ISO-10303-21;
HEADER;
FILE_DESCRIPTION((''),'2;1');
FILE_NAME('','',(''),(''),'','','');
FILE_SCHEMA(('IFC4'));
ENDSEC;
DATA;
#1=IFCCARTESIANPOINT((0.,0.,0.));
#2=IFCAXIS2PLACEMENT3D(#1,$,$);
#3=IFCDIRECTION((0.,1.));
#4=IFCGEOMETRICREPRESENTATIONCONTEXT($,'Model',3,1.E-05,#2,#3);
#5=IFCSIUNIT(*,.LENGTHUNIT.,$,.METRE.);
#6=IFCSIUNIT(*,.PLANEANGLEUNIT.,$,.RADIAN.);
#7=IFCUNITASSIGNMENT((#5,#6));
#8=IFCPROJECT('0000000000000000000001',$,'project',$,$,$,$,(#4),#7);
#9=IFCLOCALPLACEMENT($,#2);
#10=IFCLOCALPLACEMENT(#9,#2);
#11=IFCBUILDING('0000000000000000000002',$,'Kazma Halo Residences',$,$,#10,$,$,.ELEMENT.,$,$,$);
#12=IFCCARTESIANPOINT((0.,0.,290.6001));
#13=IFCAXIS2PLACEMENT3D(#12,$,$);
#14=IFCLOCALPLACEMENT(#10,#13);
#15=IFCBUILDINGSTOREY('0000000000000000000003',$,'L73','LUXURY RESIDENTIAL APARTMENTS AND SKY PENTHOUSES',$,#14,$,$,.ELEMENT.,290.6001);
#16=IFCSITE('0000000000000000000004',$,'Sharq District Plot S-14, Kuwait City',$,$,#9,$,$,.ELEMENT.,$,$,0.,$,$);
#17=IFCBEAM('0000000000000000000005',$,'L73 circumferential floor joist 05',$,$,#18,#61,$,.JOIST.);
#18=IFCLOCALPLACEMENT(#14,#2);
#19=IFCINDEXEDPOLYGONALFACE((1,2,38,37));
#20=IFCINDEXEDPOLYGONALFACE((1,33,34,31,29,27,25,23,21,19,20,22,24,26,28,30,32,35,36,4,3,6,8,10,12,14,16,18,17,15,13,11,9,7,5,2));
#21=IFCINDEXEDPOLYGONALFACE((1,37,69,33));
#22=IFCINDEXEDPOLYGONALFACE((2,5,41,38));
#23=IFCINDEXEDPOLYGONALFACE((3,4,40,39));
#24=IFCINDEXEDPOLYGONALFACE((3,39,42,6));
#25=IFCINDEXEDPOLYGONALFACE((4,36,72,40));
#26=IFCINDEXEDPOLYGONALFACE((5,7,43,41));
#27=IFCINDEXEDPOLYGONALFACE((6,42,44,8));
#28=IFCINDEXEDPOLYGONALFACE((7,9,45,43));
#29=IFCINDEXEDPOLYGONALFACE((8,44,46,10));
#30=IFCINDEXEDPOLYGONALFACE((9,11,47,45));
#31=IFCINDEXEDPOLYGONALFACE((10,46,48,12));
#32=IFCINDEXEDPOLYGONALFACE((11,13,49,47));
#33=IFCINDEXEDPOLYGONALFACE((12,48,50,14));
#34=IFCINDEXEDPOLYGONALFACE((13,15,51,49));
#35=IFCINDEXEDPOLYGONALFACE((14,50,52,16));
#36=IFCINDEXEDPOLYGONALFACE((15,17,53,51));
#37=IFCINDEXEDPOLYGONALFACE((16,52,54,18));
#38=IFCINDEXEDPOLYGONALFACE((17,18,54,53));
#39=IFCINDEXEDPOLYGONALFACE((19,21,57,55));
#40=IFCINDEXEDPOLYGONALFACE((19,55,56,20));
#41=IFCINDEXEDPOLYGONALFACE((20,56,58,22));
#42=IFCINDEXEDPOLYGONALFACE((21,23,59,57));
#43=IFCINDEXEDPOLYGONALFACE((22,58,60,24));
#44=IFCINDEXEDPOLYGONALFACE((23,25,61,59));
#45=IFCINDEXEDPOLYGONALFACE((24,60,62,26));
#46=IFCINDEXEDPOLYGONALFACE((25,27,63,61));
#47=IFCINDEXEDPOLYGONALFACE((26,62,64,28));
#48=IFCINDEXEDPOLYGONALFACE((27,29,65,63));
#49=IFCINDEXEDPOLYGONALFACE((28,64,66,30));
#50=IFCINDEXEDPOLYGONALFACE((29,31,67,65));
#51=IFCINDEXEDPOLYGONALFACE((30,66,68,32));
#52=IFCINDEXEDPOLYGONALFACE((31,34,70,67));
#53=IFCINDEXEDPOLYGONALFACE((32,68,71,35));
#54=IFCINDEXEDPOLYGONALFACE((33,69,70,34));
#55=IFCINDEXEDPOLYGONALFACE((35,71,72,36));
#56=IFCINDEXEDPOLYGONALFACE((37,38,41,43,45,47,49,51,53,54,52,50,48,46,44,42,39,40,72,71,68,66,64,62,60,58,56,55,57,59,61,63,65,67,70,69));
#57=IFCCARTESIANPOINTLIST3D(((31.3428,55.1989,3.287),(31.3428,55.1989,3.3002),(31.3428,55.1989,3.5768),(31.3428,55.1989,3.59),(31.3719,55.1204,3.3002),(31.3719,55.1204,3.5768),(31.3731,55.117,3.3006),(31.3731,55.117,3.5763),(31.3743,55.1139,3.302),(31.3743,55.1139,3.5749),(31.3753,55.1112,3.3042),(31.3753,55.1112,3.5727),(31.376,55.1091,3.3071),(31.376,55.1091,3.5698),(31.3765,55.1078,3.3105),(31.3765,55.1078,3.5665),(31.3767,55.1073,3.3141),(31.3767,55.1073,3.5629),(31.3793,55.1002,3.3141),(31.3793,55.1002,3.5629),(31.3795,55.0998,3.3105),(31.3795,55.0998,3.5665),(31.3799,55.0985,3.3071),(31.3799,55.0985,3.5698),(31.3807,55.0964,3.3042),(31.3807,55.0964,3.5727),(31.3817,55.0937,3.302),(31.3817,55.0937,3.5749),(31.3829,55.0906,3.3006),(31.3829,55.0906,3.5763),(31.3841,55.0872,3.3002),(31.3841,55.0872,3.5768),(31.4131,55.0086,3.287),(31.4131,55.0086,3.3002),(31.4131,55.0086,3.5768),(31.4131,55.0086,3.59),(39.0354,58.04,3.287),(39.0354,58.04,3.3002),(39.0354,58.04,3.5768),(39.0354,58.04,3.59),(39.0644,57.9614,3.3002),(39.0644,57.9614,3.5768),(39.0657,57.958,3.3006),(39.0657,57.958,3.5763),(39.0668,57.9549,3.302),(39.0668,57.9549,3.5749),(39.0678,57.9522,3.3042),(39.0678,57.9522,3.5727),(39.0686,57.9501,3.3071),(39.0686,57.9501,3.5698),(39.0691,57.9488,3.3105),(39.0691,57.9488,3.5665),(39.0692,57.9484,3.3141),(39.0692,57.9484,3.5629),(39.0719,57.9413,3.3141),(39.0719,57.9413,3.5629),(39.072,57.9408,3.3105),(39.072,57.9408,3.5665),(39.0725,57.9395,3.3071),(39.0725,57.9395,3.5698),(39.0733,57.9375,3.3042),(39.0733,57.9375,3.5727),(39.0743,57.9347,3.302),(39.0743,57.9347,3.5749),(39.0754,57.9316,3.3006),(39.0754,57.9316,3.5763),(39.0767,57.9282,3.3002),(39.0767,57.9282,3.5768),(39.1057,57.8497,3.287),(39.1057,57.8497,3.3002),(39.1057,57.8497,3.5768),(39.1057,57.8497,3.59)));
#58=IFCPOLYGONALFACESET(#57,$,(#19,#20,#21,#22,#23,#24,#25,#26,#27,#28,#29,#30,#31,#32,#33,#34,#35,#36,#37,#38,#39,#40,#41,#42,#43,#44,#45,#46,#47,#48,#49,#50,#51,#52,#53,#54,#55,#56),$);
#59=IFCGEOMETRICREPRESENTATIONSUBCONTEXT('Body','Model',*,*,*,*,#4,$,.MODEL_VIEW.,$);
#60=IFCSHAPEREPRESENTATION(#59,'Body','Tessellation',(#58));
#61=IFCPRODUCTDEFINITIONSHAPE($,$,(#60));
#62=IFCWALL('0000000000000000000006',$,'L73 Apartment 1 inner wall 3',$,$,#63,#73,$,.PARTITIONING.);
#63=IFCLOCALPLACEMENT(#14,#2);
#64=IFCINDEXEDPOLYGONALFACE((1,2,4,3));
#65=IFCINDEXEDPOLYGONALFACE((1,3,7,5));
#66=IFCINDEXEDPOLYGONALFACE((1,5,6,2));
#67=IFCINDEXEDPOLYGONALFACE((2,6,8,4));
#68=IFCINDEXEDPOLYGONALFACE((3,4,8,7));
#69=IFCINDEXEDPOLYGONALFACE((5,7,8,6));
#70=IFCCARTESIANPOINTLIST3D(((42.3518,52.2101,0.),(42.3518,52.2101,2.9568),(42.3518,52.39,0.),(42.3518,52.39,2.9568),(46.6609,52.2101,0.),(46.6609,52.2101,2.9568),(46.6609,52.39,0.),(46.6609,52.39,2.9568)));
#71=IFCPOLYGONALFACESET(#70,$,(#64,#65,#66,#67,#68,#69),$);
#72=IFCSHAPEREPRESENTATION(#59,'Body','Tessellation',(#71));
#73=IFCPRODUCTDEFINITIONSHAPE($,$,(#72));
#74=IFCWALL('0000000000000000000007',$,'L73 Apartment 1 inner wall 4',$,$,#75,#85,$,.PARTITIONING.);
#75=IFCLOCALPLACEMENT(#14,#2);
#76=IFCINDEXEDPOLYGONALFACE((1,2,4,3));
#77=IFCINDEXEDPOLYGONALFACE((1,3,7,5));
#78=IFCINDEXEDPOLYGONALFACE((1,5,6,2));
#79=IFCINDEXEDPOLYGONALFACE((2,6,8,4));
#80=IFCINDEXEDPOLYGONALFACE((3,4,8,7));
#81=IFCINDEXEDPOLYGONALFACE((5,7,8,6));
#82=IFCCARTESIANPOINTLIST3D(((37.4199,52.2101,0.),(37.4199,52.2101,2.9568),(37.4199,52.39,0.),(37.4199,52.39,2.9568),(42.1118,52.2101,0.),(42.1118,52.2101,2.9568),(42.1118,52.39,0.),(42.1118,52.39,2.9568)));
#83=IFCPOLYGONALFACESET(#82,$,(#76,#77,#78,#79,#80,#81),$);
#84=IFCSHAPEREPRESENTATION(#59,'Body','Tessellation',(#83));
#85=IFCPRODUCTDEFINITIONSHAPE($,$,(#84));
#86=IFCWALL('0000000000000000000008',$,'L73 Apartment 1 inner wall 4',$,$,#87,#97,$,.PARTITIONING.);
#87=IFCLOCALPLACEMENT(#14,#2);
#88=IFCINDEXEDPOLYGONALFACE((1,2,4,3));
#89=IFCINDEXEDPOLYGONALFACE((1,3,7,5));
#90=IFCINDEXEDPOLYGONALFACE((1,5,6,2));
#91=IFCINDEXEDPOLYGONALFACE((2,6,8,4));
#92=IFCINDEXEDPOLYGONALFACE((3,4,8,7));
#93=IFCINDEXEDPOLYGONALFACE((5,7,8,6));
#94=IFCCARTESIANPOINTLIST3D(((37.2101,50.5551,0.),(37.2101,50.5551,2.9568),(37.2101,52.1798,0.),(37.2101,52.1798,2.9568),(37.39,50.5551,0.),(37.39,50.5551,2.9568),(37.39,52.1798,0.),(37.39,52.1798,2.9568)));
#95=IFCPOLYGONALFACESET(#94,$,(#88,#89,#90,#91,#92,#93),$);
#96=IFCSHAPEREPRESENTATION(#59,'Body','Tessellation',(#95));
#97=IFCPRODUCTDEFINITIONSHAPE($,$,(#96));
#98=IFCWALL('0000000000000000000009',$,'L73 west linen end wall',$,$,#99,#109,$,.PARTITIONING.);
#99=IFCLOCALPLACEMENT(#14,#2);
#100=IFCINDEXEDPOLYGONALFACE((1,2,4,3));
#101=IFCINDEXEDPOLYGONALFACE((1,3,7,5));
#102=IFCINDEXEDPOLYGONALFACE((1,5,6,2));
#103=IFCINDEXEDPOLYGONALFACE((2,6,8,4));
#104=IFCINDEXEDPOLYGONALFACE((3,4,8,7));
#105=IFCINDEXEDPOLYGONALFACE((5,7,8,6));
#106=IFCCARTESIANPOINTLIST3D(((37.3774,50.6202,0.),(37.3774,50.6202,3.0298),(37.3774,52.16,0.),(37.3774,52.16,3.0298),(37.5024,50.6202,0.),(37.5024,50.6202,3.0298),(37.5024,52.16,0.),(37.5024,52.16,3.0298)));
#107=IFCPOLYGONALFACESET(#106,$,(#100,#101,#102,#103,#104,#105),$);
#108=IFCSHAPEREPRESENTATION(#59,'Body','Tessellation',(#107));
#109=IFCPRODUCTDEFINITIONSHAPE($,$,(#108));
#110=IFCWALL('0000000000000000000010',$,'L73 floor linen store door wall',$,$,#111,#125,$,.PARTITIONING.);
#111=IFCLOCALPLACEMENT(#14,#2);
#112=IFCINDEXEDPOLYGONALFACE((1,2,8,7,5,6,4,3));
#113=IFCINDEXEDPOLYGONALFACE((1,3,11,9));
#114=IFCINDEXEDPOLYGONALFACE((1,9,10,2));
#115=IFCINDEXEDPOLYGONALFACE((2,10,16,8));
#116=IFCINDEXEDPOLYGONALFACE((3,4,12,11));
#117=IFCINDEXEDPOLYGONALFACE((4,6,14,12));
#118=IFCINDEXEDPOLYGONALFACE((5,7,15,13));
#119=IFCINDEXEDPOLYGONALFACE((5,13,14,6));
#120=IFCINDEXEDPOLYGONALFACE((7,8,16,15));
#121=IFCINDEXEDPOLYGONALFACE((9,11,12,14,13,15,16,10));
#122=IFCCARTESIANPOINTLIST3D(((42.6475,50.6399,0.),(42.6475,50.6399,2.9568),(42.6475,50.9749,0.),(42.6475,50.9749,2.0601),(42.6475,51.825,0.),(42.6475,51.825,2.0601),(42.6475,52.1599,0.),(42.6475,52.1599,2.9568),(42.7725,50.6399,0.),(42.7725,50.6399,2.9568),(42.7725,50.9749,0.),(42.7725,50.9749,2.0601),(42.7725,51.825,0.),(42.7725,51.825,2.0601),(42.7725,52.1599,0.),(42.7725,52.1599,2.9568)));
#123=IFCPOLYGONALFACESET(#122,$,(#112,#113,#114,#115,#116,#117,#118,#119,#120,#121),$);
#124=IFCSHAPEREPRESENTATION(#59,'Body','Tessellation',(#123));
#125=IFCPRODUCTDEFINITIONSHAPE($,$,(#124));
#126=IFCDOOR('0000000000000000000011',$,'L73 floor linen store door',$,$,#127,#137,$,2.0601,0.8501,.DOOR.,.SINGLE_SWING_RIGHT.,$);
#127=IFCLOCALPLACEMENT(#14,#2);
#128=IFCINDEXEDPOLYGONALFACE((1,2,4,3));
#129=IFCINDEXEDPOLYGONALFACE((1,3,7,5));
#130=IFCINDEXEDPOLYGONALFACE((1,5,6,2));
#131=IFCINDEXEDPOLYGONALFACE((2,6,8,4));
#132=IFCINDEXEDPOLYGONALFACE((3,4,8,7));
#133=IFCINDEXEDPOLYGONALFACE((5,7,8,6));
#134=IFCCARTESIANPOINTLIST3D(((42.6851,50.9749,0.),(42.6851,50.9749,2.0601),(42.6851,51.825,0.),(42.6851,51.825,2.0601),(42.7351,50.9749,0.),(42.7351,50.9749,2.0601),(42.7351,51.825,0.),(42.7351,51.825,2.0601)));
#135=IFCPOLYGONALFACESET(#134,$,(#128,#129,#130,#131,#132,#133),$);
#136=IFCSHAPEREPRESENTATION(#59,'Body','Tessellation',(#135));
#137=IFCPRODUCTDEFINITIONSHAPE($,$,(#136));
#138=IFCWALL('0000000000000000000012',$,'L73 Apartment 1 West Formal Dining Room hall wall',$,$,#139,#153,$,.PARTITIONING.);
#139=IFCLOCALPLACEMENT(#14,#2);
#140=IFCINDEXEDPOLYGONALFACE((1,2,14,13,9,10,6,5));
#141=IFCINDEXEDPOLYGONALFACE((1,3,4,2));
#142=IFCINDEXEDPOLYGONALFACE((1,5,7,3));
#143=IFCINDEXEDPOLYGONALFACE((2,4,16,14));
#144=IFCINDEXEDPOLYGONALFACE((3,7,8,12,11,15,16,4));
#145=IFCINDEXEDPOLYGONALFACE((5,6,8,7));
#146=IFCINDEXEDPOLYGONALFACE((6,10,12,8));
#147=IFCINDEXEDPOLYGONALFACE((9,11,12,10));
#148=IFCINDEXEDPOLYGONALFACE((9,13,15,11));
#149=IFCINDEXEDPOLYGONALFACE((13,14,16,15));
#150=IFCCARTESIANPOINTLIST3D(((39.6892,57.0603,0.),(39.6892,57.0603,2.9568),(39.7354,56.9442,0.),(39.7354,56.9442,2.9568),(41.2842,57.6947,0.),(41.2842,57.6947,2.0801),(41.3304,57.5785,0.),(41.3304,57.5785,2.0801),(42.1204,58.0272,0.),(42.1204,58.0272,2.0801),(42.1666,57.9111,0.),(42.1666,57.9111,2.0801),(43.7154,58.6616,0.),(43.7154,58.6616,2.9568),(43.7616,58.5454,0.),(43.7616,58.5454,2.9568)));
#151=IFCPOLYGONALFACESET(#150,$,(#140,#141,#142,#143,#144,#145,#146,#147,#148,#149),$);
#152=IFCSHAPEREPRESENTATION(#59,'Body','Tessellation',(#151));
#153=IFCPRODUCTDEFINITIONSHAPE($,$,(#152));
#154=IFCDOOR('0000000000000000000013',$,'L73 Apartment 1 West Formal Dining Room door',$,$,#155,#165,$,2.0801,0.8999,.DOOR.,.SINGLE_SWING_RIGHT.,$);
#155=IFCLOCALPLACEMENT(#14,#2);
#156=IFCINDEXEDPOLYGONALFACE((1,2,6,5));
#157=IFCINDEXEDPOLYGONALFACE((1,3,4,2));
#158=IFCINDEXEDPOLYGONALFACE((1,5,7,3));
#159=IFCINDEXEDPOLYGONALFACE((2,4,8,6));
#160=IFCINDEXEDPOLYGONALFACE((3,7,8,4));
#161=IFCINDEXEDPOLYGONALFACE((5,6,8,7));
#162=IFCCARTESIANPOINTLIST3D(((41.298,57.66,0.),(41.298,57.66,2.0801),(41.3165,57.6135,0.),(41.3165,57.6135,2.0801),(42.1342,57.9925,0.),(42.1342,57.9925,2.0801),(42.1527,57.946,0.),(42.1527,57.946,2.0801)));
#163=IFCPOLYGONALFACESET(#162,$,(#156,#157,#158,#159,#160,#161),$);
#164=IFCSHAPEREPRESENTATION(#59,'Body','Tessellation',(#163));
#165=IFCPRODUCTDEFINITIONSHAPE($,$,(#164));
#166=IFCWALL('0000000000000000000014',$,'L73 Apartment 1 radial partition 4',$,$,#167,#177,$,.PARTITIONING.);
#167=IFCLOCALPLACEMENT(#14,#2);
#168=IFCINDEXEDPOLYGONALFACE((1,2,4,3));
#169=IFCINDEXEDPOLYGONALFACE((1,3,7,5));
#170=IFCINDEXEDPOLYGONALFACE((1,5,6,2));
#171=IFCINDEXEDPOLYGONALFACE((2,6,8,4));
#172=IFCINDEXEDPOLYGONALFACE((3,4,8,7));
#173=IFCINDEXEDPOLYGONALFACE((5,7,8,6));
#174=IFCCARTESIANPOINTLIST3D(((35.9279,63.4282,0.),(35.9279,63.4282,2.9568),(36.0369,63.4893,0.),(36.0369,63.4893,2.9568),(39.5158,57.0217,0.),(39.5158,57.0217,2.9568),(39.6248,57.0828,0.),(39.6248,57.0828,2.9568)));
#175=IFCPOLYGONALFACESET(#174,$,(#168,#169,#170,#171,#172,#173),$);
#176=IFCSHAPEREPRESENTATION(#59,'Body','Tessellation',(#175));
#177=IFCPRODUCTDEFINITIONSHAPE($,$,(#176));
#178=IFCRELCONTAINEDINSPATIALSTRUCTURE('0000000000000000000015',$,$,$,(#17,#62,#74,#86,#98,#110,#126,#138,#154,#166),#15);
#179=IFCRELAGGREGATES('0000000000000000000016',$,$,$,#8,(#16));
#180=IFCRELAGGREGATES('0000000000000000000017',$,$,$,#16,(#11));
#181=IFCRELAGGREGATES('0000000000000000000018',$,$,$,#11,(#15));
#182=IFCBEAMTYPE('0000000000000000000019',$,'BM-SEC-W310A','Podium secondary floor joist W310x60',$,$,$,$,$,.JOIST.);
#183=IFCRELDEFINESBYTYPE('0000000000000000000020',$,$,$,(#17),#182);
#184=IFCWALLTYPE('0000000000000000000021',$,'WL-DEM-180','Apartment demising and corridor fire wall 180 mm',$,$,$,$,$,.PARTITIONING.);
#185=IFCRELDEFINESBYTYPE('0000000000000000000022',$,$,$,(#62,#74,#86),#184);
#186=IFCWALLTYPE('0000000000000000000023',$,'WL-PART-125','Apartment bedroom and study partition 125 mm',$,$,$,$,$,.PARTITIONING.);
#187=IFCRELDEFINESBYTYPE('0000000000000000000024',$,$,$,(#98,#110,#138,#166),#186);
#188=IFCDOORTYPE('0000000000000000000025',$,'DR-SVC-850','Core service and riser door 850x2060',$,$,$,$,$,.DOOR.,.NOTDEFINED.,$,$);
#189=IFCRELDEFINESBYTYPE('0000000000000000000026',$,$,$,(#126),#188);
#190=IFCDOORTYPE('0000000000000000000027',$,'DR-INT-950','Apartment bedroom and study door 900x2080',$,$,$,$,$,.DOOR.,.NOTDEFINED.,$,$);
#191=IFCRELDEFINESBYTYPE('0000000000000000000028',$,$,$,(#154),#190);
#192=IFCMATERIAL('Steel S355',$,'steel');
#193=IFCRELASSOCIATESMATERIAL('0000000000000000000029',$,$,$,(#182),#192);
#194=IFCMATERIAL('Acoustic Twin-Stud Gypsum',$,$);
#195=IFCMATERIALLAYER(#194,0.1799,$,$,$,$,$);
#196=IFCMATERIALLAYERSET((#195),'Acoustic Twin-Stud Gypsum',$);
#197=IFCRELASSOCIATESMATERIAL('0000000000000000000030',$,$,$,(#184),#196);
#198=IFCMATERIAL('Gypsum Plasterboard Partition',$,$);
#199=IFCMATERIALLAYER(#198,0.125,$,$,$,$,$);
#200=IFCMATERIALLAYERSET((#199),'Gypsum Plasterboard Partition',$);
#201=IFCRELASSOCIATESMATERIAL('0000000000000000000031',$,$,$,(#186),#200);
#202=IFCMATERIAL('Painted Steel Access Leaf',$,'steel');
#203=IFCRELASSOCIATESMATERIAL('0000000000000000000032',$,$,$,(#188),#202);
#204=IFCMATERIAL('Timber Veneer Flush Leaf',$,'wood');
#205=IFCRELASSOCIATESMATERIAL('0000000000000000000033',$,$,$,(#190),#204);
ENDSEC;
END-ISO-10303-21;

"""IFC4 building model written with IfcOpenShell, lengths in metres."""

from ifc_helpers import new_model, si_unit, direction, frame, frame_2d, origin, origin_2d, place, context, subcontext, project, spatial, rectangle, i_section, extrude, material, layer, layer_set, material_profile, profile_set, type_object, element, fill, save


model = new_model("IFC4")

# Units and contexts
model_context = context("Model", 3, precision=1e-05, world=origin(), true_north=direction((0.0, 1.0)))
body_context = subcontext(model_context, "Body", "Model", "MODEL_VIEW")
ifc_project = project(units=[si_unit("LENGTHUNIT", "METRE"), si_unit("PLANEANGLEUNIT", "RADIAN")], contexts=[model_context])

# Site, building, storey
site_placement = place(None, origin())
site = spatial("IfcSite", under=ifc_project, at=site_placement, Name="Sharq District Plot S-14, Kuwait City", CompositionType="ELEMENT", RefElevation=0.0)
building_placement = place(site_placement, origin())
building = spatial("IfcBuilding", under=site, at=building_placement, Name="Kazma Halo Residences", CompositionType="ELEMENT")
storey_placement = place(building_placement, frame((0.0, 0.0, 290.6001)))
storey = spatial("IfcBuildingStorey", under=building, at=storey_placement, Name="L73", Description="LUXURY RESIDENTIAL APARTMENTS AND SKY PENTHOUSES", CompositionType="ELEMENT", Elevation=290.6001)

# Beam
ifc_material_1 = material(Name="Steel S355", Category="steel")
ifc_material_profile_1 = material_profile(ifc_material_1, i_section(OverallWidth=0.2029, OverallDepth=0.303, WebThickness=0.0076, FlangeThickness=0.0132, FilletRadius=0.0139, at=origin_2d()), Name="W310x60")
ifc_profile_set_1 = profile_set([ifc_material_profile_1], Name="Steel S355")
beam_type_1 = type_object("IfcBeamType", Name="BM-SEC-W310A", Description="Podium secondary floor joist W310x60", PredefinedType="JOIST", material=ifc_profile_set_1)
beam_1_placement = place(storey_placement, frame((39.0706, 57.9448, 3.4385), z_axis=(-0.938068, -0.34645, 0.0), x_axis=(0.34645, -0.938068, 0.0)))
element("IfcBeam", 1, at=beam_1_placement, inside=storey, type_object=beam_type_1, Name="L73 circumferential floor joist 05", PredefinedType="JOIST", context=body_context, shape_type="SweptSolid", body=[
    extrude(i_section(OverallWidth=0.2029, OverallDepth=0.303, WebThickness=0.0076, FlangeThickness=0.0132, FilletRadius=0.0139, at=origin_2d()), origin(), (0.0, 0.0, 1.0), 8.2004),
])

# Walls
ifc_material_2 = material(Name="Acoustic Twin-Stud Gypsum")
ifc_layer_1 = layer(ifc_material_2, 0.1799)
ifc_layer_set_1 = layer_set([ifc_layer_1], Name="Acoustic Twin-Stud Gypsum")
wall_type_1 = type_object("IfcWallType", Name="WL-DEM-180", Description="Apartment demising and corridor fire wall 180 mm", PredefinedType="PARTITIONING", material=ifc_layer_set_1)
wall_1_placement = place(storey_placement, frame((46.6609, 52.3, 0.0), z_axis=(0.0, 0.0, 1.0), x_axis=(-1.0, 0.0, 0.0)))
element("IfcWall", 2, at=wall_1_placement, inside=storey, type_object=wall_type_1, Name="L73 Apartment 1 inner wall 3", PredefinedType="PARTITIONING", context=body_context, shape_type="SweptSolid", body=[
    extrude(rectangle(XDim=4.3091, YDim=0.1799, at=frame_2d((2.1545, 0.0))), origin(), (0.0, 0.0, 1.0), 2.9568),
])
wall_2_placement = place(storey_placement, frame((42.1118, 52.3, 0.0), z_axis=(0.0, 0.0, 1.0), x_axis=(-1.0, 0.0, 0.0)))
element("IfcWall", 3, at=wall_2_placement, inside=storey, type_object=wall_type_1, Name="L73 Apartment 1 inner wall 4", PredefinedType="PARTITIONING", context=body_context, shape_type="SweptSolid", body=[
    extrude(rectangle(XDim=4.6919, YDim=0.1799, at=frame_2d((2.3459, 0.0))), origin(), (0.0, 0.0, 1.0), 2.9568),
])
wall_3_placement = place(storey_placement, frame((37.3, 52.1799, 0.0), z_axis=(0.0, 0.0, 1.0), x_axis=(0.0, -1.0, 0.0)))
element("IfcWall", 4, at=wall_3_placement, inside=storey, type_object=wall_type_1, Name="L73 Apartment 1 inner wall 4", PredefinedType="PARTITIONING", context=body_context, shape_type="SweptSolid", body=[
    extrude(rectangle(XDim=1.6248, YDim=0.1799, at=frame_2d((0.8125, 0.0))), origin(), (0.0, 0.0, 1.0), 2.9568),
])
ifc_material_3 = material(Name="Gypsum Plasterboard Partition")
ifc_layer_2 = layer(ifc_material_3, 0.125)
ifc_layer_set_2 = layer_set([ifc_layer_2], Name="Gypsum Plasterboard Partition")
wall_type_2 = type_object("IfcWallType", Name="WL-PART-125", Description="Apartment bedroom and study partition 125 mm", PredefinedType="PARTITIONING", material=ifc_layer_set_2)
wall_4_placement = place(storey_placement, frame((37.4399, 50.6201, 0.0), z_axis=(0.0, 0.0, 1.0), x_axis=(0.0, 1.0, 0.0)))
element("IfcWall", 5, at=wall_4_placement, inside=storey, type_object=wall_type_2, Name="L73 west linen end wall", PredefinedType="PARTITIONING", context=body_context, shape_type="SweptSolid", body=[
    extrude(rectangle(XDim=1.5398, YDim=0.125, at=frame_2d((0.77, 0.0))), origin(), (0.0, 0.0, 1.0), 3.0298),
])

# Walls, openings, doors
wall_5_placement = place(storey_placement, frame((42.71, 50.6399, 0.0), z_axis=(0.0, 0.0, 1.0), x_axis=(0.0, 1.0, 0.0)))
wall_5 = element("IfcWall", 6, at=wall_5_placement, inside=storey, type_object=wall_type_2, Name="L73 floor linen store door wall", PredefinedType="PARTITIONING", context=body_context, shape_type="SweptSolid", body=[
    extrude(rectangle(XDim=1.52, YDim=0.125, at=frame_2d((0.76, 0.0))), origin(), (0.0, 0.0, 1.0), 2.9568),
])
opening_1_placement = place(wall_5_placement, frame((0.335, 0.0, 0.0)))
opening_1 = element("IfcOpeningElement", 7, at=opening_1_placement, cuts=wall_5, PredefinedType="OPENING", context=body_context, shape_type="SweptSolid", body=[
    extrude(rectangle(XDim=0.8501, YDim=2.0601, at=frame_2d((0.425, 1.03))), frame((0.0, 0.0725, 0.0), z_axis=(0.0, -1.0, 0.0), x_axis=(1.0, 0.0, 0.0)), (0.0, 0.0, 1.0), 0.145),
])
ifc_material_4 = material(Name="Painted Steel Access Leaf", Category="steel")
door_type_1 = type_object("IfcDoorType", Name="DR-SVC-850", Description="Core service and riser door 850x2060", OperationType="NOTDEFINED", PredefinedType="DOOR", material=ifc_material_4)
door_1_placement = place(opening_1_placement, origin())
door_1 = element("IfcDoor", 8, at=door_1_placement, inside=storey, type_object=door_type_1, Name="L73 floor linen store door", OperationType="SINGLE_SWING_RIGHT", OverallHeight=2.0601, OverallWidth=0.8501, PredefinedType="DOOR", context=body_context, shape_type="SweptSolid", body=[
    extrude(rectangle(XDim=0.8501, YDim=2.0601, at=frame_2d((0.425, 1.03))), frame((0.0, 0.0249, 0.0), z_axis=(0.0, -1.0, 0.0), x_axis=(1.0, 0.0, 0.0)), (0.0, 0.0, 1.0), 0.05),
])
fill(opening_1, door_1)
wall_6_placement = place(storey_placement, frame((43.7385, 58.6035, 0.0), z_axis=(0.0, 0.0, 1.0), x_axis=(-0.929209, -0.369554, 0.0)))
wall_6 = element("IfcWall", 9, at=wall_6_placement, inside=storey, type_object=wall_type_2, Name="L73 Apartment 1 West Formal Dining Room hall wall", PredefinedType="PARTITIONING", context=body_context, shape_type="SweptSolid", body=[
    extrude(rectangle(XDim=4.333, YDim=0.125, at=frame_2d((2.1665, 0.0))), origin(), (0.0, 0.0, 1.0), 2.9568),
])
opening_2_placement = place(wall_6_placement, frame((1.7166, 0.0, 0.0)))
opening_2 = element("IfcOpeningElement", 10, at=opening_2_placement, cuts=wall_6, PredefinedType="OPENING", context=body_context, shape_type="SweptSolid", body=[
    extrude(rectangle(XDim=0.8999, YDim=2.0801, at=frame_2d((0.45, 1.04))), frame((0.0, 0.0725, 0.0), z_axis=(0.0, -1.0, 0.0), x_axis=(1.0, 0.0, 0.0)), (0.0, 0.0, 1.0), 0.145),
])
ifc_material_5 = material(Name="Timber Veneer Flush Leaf", Category="wood")
door_type_2 = type_object("IfcDoorType", Name="DR-INT-950", Description="Apartment bedroom and study door 900x2080", OperationType="NOTDEFINED", PredefinedType="DOOR", material=ifc_material_5)
door_2_placement = place(opening_2_placement, origin())
door_2 = element("IfcDoor", 11, at=door_2_placement, inside=storey, type_object=door_type_2, Name="L73 Apartment 1 West Formal Dining Room door", OperationType="SINGLE_SWING_RIGHT", OverallHeight=2.0801, OverallWidth=0.8999, PredefinedType="DOOR", context=body_context, shape_type="SweptSolid", body=[
    extrude(rectangle(XDim=0.8999, YDim=2.0801, at=frame_2d((0.45, 1.04))), frame((0.0, 0.0249, 0.0), z_axis=(0.0, -1.0, 0.0), x_axis=(1.0, 0.0, 0.0)), (0.0, 0.0, 1.0), 0.05),
])
fill(opening_2, door_2)

# Wall
wall_7_placement = place(storey_placement, frame((39.5703, 57.0522, 0.0), z_axis=(0.0, 0.0, 1.0), x_axis=(-0.48863, 0.872491, 0.0)))
element("IfcWall", 12, at=wall_7_placement, inside=storey, type_object=wall_type_2, Name="L73 Apartment 1 radial partition 4", PredefinedType="PARTITIONING", context=body_context, shape_type="SweptSolid", body=[
    extrude(rectangle(XDim=7.3428, YDim=0.125, at=frame_2d((3.6714, 0.0))), origin(), (0.0, 0.0, 1.0), 2.9568),
])

save(model, "model.ifc")
